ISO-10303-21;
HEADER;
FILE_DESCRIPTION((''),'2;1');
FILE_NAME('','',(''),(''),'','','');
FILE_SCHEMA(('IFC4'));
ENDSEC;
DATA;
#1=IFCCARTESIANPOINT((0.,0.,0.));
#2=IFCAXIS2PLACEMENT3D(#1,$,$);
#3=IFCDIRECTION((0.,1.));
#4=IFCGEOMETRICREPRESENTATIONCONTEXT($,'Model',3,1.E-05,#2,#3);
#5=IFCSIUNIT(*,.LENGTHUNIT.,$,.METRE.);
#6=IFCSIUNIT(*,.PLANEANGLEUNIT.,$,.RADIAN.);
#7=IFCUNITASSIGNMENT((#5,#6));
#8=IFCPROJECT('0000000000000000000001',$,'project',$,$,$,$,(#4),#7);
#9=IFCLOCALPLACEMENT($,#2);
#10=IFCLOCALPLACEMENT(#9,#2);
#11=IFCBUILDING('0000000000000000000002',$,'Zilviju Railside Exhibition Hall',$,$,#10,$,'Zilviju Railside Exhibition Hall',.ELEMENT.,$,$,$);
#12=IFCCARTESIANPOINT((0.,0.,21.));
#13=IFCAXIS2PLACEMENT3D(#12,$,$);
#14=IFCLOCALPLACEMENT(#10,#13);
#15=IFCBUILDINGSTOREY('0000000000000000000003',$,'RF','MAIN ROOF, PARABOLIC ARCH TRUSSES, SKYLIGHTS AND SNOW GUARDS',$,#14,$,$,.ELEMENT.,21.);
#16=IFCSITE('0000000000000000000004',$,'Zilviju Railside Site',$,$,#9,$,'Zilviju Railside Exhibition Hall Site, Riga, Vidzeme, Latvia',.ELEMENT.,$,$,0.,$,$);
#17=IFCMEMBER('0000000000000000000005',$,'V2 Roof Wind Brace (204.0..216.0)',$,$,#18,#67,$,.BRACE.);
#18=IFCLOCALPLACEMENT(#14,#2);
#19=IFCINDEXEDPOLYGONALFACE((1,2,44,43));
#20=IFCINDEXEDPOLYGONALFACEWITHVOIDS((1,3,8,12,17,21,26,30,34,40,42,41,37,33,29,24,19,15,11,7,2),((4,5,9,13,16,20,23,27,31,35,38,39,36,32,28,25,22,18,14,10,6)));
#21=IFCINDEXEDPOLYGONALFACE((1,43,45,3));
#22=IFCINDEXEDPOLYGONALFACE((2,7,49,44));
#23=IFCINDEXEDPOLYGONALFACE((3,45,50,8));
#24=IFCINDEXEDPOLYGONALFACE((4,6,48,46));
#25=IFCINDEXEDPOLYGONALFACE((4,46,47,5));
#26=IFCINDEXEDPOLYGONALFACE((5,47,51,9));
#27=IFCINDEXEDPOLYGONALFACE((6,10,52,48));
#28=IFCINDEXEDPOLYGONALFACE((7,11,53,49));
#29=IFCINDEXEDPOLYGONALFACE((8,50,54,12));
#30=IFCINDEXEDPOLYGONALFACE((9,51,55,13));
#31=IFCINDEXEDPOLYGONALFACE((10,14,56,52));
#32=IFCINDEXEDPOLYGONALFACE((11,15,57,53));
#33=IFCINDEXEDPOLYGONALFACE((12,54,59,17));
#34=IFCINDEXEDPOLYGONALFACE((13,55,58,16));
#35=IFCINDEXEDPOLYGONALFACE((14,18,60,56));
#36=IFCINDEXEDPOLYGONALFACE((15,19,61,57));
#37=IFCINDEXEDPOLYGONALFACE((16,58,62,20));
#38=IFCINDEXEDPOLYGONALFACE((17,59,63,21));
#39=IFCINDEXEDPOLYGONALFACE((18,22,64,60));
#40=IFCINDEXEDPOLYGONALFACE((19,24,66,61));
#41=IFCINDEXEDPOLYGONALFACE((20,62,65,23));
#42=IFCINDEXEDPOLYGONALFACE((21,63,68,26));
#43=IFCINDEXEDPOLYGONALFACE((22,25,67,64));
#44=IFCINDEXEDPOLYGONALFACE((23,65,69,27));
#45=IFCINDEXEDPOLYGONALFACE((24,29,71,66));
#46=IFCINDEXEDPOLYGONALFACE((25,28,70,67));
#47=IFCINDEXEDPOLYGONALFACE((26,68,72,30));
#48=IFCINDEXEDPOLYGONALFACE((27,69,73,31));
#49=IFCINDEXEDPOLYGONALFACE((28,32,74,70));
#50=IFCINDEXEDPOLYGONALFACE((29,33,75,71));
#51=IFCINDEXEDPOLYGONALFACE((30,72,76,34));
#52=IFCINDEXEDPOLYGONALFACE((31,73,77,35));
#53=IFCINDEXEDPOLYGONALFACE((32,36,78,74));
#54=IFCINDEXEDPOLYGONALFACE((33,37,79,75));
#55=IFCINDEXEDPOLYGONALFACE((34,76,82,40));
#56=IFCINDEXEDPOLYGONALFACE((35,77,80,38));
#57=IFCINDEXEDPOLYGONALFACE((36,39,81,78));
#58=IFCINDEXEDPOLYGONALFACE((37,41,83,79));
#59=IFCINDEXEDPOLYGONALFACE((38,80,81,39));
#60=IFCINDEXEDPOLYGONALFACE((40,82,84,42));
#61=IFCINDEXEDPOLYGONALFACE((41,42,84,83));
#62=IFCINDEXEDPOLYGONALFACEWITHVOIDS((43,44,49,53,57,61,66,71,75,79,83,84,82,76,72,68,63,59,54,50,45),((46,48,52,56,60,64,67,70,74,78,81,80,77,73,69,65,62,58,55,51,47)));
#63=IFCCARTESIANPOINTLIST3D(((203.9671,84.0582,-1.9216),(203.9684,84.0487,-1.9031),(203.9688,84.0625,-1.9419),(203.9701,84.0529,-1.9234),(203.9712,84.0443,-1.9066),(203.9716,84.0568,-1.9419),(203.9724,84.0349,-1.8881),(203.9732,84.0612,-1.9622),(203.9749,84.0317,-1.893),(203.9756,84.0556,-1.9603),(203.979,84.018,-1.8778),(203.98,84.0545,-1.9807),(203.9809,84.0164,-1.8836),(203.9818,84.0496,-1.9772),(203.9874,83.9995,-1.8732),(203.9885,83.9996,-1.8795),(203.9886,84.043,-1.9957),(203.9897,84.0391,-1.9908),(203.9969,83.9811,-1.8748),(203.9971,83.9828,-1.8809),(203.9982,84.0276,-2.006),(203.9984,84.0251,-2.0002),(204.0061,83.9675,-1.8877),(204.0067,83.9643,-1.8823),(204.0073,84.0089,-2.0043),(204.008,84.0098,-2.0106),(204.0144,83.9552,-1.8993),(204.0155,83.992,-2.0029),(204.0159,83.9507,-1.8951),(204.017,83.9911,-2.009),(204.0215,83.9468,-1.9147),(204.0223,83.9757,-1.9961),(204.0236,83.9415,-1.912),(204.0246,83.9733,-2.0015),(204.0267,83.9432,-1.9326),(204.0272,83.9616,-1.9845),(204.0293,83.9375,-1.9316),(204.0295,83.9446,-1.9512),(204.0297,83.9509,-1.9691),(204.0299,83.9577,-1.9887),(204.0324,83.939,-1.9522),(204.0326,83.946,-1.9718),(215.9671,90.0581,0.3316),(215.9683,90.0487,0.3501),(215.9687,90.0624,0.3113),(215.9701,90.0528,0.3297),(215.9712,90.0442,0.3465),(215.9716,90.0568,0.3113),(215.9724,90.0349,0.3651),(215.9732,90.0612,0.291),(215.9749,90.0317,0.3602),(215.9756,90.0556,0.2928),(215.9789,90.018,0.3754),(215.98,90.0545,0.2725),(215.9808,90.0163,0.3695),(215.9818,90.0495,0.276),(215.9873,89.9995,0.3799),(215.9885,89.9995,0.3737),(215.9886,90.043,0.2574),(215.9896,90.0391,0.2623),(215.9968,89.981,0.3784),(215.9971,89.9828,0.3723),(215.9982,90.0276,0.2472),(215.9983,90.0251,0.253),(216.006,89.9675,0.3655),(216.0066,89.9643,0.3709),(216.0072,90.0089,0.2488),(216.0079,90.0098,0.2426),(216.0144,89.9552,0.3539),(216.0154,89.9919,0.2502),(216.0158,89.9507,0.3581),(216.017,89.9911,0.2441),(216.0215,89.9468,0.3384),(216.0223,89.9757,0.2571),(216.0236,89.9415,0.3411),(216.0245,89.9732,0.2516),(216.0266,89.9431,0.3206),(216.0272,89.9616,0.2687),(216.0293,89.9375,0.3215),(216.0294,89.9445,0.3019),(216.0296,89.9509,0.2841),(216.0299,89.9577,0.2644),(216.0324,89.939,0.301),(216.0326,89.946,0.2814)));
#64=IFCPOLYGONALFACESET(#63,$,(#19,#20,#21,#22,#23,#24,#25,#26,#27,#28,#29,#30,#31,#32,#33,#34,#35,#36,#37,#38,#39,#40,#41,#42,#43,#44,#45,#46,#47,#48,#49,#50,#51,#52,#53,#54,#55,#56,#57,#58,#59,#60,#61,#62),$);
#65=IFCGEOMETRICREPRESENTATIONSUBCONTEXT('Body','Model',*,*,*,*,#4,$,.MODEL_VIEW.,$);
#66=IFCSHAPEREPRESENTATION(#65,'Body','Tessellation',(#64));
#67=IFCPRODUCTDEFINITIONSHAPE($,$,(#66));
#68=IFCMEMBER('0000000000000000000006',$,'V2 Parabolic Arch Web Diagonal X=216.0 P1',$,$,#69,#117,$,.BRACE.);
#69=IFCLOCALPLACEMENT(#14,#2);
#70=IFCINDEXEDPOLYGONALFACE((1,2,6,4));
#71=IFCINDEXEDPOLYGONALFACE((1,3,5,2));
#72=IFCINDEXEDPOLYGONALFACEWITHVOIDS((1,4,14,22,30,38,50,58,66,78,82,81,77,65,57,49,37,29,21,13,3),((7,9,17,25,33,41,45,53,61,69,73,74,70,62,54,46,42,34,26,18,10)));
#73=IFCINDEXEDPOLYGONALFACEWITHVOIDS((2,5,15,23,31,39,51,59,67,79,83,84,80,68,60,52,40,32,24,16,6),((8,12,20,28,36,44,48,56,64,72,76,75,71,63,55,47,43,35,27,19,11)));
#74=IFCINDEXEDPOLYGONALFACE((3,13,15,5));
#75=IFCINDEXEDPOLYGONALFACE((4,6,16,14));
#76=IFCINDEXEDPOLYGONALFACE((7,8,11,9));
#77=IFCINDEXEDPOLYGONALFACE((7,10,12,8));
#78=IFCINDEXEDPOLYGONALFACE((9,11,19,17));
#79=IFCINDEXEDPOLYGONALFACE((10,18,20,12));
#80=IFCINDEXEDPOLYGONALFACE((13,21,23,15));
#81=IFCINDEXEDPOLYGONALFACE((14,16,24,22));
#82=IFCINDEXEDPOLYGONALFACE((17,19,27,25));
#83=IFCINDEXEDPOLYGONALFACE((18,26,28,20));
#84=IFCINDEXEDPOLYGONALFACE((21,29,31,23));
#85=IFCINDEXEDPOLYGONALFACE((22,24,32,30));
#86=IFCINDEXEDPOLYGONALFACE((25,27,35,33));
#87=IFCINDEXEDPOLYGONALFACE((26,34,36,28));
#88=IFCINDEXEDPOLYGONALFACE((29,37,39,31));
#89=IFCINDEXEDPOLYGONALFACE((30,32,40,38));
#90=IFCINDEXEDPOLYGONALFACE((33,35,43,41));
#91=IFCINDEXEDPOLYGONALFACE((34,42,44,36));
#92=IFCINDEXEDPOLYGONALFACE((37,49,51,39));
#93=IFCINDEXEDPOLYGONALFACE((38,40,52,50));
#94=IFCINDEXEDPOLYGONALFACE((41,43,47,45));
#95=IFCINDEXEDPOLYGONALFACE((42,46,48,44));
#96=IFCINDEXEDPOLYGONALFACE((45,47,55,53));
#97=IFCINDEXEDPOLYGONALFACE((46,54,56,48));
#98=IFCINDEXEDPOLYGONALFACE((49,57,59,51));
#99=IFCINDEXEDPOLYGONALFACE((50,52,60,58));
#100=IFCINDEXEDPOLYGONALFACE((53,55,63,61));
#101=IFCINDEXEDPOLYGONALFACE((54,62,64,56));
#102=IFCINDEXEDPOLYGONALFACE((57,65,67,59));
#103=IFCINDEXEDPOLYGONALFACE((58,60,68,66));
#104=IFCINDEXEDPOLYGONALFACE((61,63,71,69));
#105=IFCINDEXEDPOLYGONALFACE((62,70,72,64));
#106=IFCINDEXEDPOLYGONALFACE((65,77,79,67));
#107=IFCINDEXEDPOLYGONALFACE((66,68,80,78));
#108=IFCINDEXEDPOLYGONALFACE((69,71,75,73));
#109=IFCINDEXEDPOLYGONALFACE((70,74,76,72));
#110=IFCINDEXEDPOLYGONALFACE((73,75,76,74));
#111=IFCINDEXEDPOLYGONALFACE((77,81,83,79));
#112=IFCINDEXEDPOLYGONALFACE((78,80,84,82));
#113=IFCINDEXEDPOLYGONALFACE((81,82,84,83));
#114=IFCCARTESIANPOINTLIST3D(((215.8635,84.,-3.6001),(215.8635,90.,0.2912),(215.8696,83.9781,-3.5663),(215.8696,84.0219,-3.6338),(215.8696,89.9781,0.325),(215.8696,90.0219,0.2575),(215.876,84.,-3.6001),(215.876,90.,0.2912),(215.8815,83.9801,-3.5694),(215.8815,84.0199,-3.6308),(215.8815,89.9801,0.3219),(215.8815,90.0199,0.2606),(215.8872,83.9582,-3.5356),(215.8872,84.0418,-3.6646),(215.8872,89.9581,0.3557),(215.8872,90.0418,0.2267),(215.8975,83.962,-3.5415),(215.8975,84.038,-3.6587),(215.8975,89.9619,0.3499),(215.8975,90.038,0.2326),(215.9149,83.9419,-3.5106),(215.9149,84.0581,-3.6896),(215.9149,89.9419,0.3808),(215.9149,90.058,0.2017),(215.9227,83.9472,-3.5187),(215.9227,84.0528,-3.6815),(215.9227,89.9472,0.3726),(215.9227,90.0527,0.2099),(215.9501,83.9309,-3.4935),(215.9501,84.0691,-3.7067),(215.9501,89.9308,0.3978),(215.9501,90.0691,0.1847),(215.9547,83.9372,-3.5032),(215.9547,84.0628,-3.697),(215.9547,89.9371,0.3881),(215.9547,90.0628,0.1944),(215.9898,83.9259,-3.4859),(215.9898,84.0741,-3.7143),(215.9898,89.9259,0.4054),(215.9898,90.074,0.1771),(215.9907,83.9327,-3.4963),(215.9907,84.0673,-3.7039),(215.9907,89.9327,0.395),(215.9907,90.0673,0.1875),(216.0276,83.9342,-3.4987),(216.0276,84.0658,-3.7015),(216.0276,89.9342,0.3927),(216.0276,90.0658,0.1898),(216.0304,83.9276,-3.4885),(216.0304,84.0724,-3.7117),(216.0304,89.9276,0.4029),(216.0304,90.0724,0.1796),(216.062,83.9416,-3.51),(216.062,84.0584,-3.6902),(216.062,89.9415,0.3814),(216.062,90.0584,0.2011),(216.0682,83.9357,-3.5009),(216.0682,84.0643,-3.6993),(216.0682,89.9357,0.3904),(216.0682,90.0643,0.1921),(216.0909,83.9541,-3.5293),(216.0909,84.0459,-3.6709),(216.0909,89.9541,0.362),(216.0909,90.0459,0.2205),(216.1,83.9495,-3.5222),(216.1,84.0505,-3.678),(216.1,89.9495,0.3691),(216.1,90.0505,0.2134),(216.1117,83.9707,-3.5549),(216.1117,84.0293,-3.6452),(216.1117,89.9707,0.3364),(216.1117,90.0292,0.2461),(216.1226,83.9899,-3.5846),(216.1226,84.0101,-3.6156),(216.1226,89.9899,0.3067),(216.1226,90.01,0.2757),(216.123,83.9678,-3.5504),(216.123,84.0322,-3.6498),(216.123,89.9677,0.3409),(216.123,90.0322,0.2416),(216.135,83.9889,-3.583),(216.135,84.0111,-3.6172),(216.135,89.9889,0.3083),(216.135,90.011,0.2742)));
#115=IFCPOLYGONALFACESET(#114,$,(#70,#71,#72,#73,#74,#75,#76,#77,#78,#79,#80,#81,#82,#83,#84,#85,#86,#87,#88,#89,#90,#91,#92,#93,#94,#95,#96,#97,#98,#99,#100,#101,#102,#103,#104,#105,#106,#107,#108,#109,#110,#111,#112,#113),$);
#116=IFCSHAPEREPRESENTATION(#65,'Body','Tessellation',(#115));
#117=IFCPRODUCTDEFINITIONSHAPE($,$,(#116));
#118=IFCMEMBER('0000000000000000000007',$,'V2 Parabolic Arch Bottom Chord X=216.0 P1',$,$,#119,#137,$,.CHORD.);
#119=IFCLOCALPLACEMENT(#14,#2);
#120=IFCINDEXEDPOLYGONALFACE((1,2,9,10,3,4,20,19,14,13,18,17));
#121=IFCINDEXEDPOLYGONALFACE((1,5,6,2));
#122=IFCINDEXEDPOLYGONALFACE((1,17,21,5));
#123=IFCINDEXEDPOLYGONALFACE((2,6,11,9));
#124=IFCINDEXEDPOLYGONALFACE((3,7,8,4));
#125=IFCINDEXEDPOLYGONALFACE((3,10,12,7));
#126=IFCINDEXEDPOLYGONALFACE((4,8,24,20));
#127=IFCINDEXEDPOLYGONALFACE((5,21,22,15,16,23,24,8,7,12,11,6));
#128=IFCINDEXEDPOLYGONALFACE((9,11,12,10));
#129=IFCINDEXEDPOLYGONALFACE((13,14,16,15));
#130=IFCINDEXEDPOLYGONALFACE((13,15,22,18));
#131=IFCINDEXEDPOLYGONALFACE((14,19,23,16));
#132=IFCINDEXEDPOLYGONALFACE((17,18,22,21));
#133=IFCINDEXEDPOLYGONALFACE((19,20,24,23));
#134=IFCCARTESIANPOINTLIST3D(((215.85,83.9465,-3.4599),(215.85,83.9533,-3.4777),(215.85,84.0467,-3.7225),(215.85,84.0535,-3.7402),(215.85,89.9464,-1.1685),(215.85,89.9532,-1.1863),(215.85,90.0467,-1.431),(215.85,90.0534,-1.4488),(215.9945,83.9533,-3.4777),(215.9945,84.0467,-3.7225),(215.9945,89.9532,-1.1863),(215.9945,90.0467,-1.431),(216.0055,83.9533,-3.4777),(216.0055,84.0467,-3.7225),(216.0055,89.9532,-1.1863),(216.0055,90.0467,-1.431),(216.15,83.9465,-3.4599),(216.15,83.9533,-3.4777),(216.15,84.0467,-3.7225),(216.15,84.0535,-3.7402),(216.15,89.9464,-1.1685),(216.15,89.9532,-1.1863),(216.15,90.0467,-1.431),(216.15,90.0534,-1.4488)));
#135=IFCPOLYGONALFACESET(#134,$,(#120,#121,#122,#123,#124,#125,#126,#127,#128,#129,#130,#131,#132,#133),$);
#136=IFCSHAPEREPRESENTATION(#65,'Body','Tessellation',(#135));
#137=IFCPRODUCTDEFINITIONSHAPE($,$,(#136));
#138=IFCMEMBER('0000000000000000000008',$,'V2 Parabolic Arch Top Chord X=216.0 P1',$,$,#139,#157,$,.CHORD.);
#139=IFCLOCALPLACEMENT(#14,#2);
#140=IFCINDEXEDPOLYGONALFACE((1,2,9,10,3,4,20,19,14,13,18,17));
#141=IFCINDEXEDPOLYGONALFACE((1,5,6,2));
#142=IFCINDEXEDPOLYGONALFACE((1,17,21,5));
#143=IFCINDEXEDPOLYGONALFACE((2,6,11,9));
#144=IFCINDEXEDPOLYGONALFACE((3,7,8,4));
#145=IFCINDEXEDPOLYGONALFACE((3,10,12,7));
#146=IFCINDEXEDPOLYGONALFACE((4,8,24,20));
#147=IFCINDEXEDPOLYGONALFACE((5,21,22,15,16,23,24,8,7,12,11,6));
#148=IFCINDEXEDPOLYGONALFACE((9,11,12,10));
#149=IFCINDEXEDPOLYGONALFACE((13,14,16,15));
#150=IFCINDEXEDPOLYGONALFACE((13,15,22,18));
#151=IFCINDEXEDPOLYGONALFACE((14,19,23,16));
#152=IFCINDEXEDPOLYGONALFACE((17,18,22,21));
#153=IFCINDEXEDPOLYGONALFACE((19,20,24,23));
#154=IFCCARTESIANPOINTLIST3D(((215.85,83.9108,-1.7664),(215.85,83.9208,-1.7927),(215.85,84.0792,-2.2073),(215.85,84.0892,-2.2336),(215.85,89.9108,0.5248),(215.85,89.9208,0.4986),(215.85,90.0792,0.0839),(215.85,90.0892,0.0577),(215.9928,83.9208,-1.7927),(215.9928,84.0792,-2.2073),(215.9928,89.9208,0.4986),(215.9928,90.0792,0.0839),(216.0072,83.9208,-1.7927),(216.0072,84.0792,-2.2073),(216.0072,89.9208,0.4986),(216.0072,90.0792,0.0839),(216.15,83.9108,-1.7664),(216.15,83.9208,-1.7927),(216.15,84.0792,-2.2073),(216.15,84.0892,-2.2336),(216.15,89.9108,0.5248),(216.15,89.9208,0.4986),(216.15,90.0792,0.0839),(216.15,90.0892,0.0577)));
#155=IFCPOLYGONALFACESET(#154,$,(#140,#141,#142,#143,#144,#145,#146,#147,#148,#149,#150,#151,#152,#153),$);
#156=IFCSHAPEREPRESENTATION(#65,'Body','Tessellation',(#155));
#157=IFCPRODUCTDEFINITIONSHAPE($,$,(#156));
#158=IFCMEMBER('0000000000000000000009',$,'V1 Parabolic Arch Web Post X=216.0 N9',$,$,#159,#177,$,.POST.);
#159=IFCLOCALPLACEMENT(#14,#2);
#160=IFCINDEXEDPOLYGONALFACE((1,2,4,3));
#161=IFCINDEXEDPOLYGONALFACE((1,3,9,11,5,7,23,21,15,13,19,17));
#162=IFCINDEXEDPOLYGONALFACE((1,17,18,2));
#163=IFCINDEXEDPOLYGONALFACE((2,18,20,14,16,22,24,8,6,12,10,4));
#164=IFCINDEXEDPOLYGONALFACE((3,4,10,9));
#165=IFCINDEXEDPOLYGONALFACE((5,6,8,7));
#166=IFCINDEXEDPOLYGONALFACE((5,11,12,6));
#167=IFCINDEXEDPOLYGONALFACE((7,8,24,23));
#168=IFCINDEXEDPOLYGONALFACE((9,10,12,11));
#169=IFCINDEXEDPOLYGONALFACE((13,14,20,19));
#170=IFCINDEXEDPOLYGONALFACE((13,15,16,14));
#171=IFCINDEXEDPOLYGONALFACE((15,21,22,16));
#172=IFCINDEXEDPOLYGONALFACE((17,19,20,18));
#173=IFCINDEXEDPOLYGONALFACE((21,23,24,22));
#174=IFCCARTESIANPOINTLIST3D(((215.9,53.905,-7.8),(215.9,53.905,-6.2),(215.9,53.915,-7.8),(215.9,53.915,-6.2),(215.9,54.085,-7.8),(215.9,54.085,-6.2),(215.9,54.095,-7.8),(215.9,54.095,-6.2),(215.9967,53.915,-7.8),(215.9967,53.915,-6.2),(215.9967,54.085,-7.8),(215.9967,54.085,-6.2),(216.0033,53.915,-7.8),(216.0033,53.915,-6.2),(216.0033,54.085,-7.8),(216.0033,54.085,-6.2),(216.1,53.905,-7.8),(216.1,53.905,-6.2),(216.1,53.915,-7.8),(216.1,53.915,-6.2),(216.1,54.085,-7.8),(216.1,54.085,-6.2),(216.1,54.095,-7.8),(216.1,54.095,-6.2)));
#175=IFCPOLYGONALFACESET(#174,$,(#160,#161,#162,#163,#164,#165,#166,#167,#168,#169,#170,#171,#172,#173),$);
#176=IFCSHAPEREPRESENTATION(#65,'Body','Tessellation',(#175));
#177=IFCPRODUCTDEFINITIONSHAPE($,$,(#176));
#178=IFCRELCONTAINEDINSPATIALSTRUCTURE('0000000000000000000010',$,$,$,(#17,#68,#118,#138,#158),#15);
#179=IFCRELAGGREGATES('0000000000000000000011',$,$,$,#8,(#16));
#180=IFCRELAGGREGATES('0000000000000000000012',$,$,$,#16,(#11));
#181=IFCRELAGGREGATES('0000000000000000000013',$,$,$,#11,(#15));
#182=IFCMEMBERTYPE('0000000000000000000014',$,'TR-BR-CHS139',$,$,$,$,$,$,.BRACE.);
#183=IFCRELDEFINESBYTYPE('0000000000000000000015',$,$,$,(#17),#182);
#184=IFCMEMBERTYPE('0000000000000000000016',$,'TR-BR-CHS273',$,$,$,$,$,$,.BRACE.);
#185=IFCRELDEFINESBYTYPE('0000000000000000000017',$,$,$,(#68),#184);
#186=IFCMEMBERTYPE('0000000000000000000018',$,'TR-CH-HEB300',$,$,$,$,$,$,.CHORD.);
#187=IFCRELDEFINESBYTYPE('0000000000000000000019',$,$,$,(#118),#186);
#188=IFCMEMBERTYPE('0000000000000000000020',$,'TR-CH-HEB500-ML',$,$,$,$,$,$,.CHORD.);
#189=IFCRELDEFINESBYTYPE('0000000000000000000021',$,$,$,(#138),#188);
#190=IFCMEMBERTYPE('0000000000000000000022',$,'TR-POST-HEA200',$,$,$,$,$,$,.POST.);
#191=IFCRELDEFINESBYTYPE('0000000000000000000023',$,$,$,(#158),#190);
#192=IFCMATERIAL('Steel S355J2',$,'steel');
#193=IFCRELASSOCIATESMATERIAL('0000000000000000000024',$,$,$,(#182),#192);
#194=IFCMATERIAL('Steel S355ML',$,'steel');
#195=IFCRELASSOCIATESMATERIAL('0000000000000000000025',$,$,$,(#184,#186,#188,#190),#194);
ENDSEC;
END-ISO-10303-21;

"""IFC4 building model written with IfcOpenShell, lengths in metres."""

from ifc_helpers import new_model, si_unit, direction, frame, origin, origin_2d, place, context, subcontext, project, spatial, hollow_circle, i_section, extrude, material, material_profile, profile_set, type_object, element, save


model = new_model("IFC4")

# Units and contexts
model_context = context("Model", 3, precision=1e-05, world=origin(), true_north=direction((0.0, 1.0)))
body_context = subcontext(model_context, "Body", "Model", "MODEL_VIEW")
ifc_project = project(units=[si_unit("LENGTHUNIT", "METRE"), si_unit("PLANEANGLEUNIT", "RADIAN")], contexts=[model_context])

# Site, building, storey
site_placement = place(None, origin())
site = spatial("IfcSite", under=ifc_project, at=site_placement, Name="Zilviju Railside Site", LongName="Zilviju Railside Exhibition Hall Site, Riga, Vidzeme, Latvia", CompositionType="ELEMENT", RefElevation=0.0)
building_placement = place(site_placement, origin())
building = spatial("IfcBuilding", under=site, at=building_placement, Name="Zilviju Railside Exhibition Hall", LongName="Zilviju Railside Exhibition Hall", CompositionType="ELEMENT")
storey_placement = place(building_placement, frame((0.0, 0.0, 21.0)))
storey = spatial("IfcBuildingStorey", under=building, at=storey_placement, Name="RF", Description="MAIN ROOF, PARABOLIC ARCH TRUSSES, SKYLIGHTS AND SNOW GUARDS", CompositionType="ELEMENT", Elevation=21.0)

# Members
ifc_material_1 = material(Name="Steel S355J2", Category="steel")
ifc_material_profile_1 = material_profile(ifc_material_1, hollow_circle(Radius=0.0698, WallThickness=0.0063, at=origin_2d()), Name="CHS 139.7x6.3")
ifc_profile_set_1 = profile_set([ifc_material_profile_1], Name="Steel S355J2")
member_type_1 = type_object("IfcMemberType", Name="TR-BR-CHS139", PredefinedType="BRACE", material=ifc_profile_set_1)
member_1_placement = place(storey_placement, frame((204.0, 84.0, -1.9419), z_axis=(0.882074, 0.441037, 0.165622), x_axis=(-0.447214, 0.894427, 0.0)))
element("IfcMember", 1, at=member_1_placement, inside=storey, type_object=member_type_1, Name="V2 Roof Wind Brace (204.0..216.0)", PredefinedType="BRACE", context=body_context, shape_type="SweptSolid", body=[
    extrude(hollow_circle(Radius=0.0698, WallThickness=0.0063, at=origin_2d()), origin(), (0.0, 0.0, 1.0), 13.6042),
])
ifc_material_2 = material(Name="Steel S355ML", Category="steel")
ifc_material_profile_2 = material_profile(ifc_material_2, hollow_circle(Radius=0.1365, WallThickness=0.0125, at=origin_2d()), Name="CHS 273.0x12.5")
ifc_profile_set_2 = profile_set([ifc_material_profile_2], Name="Steel S355ML")
member_type_2 = type_object("IfcMemberType", Name="TR-BR-CHS273", PredefinedType="BRACE", material=ifc_profile_set_2)
member_2_placement = place(storey_placement, frame((216.0, 84.0, -3.6001), z_axis=(0.0, 0.838995, 0.544139), x_axis=(-1.0, 0.0, 0.0)))
element("IfcMember", 2, at=member_2_placement, inside=storey, type_object=member_type_2, Name="V2 Parabolic Arch Web Diagonal X=216.0 P1", PredefinedType="BRACE", context=body_context, shape_type="SweptSolid", body=[
    extrude(hollow_circle(Radius=0.1365, WallThickness=0.0125, at=origin_2d()), origin(), (0.0, 0.0, 1.0), 7.1514),
])
ifc_material_profile_3 = material_profile(ifc_material_2, i_section(OverallWidth=0.3, OverallDepth=0.3, WebThickness=0.011, FlangeThickness=0.019, at=origin_2d()), Name="HEB 300")
ifc_profile_set_3 = profile_set([ifc_material_profile_3], Name="Steel S355ML")
member_type_3 = type_object("IfcMemberType", Name="TR-CH-HEB300", PredefinedType="CHORD", material=ifc_profile_set_3)
member_3_placement = place(storey_placement, frame((216.0, 84.0, -3.6001), z_axis=(0.0, 0.934188, 0.356782), x_axis=(-1.0, 0.0, 0.0)))
element("IfcMember", 3, at=member_3_placement, inside=storey, type_object=member_type_3, Name="V2 Parabolic Arch Bottom Chord X=216.0 P1", PredefinedType="CHORD", context=body_context, shape_type="SweptSolid", body=[
    extrude(i_section(OverallWidth=0.3, OverallDepth=0.3, WebThickness=0.011, FlangeThickness=0.019, at=origin_2d()), origin(), (0.0, 0.0, 1.0), 6.4226),
])
ifc_material_profile_4 = material_profile(ifc_material_2, i_section(OverallWidth=0.3, OverallDepth=0.5, WebThickness=0.0144, FlangeThickness=0.0281, at=origin_2d()), Name="HEB 500")
ifc_profile_set_4 = profile_set([ifc_material_profile_4], Name="Steel S355ML")
member_type_4 = type_object("IfcMemberType", Name="TR-CH-HEB500-ML", PredefinedType="CHORD", material=ifc_profile_set_4)
member_4_placement = place(storey_placement, frame((216.0, 84.0, -2.0), z_axis=(0.0, 0.9342, 0.356749), x_axis=(-1.0, 0.0, 0.0)))
element("IfcMember", 4, at=member_4_placement, inside=storey, type_object=member_type_4, Name="V2 Parabolic Arch Top Chord X=216.0 P1", PredefinedType="CHORD", context=body_context, shape_type="SweptSolid", body=[
    extrude(i_section(OverallWidth=0.3, OverallDepth=0.5, WebThickness=0.0144, FlangeThickness=0.0281, at=origin_2d()), origin(), (0.0, 0.0, 1.0), 6.4226),
])
ifc_material_profile_5 = material_profile(ifc_material_2, i_section(OverallWidth=0.2, OverallDepth=0.1899, WebThickness=0.0066, FlangeThickness=0.01, at=origin_2d()), Name="HEA 200")
ifc_profile_set_5 = profile_set([ifc_material_profile_5], Name="Steel S355ML")
member_type_5 = type_object("IfcMemberType", Name="TR-POST-HEA200", PredefinedType="POST", material=ifc_profile_set_5)
for number, where, z_axis, x_axis, name in (
    (5, (216.0, 54.0, -7.8), (0.0, 0.0, 1.0), (1.0, 0.0, 0.0), "V1 Parabolic Arch Web Post X=216.0 N9"),
):
    element("IfcMember", number, at=place(storey_placement, frame(where, z_axis=z_axis, x_axis=x_axis)), inside=storey, type_object=member_type_5, Name=name, PredefinedType="POST", context=body_context, shape_type="SweptSolid", body=[
        extrude(i_section(OverallWidth=0.2, OverallDepth=0.1899, WebThickness=0.0066, FlangeThickness=0.01, at=origin_2d()), origin(), (0.0, 0.0, 1.0), 1.6001),
    ])

save(model, "model.ifc")
